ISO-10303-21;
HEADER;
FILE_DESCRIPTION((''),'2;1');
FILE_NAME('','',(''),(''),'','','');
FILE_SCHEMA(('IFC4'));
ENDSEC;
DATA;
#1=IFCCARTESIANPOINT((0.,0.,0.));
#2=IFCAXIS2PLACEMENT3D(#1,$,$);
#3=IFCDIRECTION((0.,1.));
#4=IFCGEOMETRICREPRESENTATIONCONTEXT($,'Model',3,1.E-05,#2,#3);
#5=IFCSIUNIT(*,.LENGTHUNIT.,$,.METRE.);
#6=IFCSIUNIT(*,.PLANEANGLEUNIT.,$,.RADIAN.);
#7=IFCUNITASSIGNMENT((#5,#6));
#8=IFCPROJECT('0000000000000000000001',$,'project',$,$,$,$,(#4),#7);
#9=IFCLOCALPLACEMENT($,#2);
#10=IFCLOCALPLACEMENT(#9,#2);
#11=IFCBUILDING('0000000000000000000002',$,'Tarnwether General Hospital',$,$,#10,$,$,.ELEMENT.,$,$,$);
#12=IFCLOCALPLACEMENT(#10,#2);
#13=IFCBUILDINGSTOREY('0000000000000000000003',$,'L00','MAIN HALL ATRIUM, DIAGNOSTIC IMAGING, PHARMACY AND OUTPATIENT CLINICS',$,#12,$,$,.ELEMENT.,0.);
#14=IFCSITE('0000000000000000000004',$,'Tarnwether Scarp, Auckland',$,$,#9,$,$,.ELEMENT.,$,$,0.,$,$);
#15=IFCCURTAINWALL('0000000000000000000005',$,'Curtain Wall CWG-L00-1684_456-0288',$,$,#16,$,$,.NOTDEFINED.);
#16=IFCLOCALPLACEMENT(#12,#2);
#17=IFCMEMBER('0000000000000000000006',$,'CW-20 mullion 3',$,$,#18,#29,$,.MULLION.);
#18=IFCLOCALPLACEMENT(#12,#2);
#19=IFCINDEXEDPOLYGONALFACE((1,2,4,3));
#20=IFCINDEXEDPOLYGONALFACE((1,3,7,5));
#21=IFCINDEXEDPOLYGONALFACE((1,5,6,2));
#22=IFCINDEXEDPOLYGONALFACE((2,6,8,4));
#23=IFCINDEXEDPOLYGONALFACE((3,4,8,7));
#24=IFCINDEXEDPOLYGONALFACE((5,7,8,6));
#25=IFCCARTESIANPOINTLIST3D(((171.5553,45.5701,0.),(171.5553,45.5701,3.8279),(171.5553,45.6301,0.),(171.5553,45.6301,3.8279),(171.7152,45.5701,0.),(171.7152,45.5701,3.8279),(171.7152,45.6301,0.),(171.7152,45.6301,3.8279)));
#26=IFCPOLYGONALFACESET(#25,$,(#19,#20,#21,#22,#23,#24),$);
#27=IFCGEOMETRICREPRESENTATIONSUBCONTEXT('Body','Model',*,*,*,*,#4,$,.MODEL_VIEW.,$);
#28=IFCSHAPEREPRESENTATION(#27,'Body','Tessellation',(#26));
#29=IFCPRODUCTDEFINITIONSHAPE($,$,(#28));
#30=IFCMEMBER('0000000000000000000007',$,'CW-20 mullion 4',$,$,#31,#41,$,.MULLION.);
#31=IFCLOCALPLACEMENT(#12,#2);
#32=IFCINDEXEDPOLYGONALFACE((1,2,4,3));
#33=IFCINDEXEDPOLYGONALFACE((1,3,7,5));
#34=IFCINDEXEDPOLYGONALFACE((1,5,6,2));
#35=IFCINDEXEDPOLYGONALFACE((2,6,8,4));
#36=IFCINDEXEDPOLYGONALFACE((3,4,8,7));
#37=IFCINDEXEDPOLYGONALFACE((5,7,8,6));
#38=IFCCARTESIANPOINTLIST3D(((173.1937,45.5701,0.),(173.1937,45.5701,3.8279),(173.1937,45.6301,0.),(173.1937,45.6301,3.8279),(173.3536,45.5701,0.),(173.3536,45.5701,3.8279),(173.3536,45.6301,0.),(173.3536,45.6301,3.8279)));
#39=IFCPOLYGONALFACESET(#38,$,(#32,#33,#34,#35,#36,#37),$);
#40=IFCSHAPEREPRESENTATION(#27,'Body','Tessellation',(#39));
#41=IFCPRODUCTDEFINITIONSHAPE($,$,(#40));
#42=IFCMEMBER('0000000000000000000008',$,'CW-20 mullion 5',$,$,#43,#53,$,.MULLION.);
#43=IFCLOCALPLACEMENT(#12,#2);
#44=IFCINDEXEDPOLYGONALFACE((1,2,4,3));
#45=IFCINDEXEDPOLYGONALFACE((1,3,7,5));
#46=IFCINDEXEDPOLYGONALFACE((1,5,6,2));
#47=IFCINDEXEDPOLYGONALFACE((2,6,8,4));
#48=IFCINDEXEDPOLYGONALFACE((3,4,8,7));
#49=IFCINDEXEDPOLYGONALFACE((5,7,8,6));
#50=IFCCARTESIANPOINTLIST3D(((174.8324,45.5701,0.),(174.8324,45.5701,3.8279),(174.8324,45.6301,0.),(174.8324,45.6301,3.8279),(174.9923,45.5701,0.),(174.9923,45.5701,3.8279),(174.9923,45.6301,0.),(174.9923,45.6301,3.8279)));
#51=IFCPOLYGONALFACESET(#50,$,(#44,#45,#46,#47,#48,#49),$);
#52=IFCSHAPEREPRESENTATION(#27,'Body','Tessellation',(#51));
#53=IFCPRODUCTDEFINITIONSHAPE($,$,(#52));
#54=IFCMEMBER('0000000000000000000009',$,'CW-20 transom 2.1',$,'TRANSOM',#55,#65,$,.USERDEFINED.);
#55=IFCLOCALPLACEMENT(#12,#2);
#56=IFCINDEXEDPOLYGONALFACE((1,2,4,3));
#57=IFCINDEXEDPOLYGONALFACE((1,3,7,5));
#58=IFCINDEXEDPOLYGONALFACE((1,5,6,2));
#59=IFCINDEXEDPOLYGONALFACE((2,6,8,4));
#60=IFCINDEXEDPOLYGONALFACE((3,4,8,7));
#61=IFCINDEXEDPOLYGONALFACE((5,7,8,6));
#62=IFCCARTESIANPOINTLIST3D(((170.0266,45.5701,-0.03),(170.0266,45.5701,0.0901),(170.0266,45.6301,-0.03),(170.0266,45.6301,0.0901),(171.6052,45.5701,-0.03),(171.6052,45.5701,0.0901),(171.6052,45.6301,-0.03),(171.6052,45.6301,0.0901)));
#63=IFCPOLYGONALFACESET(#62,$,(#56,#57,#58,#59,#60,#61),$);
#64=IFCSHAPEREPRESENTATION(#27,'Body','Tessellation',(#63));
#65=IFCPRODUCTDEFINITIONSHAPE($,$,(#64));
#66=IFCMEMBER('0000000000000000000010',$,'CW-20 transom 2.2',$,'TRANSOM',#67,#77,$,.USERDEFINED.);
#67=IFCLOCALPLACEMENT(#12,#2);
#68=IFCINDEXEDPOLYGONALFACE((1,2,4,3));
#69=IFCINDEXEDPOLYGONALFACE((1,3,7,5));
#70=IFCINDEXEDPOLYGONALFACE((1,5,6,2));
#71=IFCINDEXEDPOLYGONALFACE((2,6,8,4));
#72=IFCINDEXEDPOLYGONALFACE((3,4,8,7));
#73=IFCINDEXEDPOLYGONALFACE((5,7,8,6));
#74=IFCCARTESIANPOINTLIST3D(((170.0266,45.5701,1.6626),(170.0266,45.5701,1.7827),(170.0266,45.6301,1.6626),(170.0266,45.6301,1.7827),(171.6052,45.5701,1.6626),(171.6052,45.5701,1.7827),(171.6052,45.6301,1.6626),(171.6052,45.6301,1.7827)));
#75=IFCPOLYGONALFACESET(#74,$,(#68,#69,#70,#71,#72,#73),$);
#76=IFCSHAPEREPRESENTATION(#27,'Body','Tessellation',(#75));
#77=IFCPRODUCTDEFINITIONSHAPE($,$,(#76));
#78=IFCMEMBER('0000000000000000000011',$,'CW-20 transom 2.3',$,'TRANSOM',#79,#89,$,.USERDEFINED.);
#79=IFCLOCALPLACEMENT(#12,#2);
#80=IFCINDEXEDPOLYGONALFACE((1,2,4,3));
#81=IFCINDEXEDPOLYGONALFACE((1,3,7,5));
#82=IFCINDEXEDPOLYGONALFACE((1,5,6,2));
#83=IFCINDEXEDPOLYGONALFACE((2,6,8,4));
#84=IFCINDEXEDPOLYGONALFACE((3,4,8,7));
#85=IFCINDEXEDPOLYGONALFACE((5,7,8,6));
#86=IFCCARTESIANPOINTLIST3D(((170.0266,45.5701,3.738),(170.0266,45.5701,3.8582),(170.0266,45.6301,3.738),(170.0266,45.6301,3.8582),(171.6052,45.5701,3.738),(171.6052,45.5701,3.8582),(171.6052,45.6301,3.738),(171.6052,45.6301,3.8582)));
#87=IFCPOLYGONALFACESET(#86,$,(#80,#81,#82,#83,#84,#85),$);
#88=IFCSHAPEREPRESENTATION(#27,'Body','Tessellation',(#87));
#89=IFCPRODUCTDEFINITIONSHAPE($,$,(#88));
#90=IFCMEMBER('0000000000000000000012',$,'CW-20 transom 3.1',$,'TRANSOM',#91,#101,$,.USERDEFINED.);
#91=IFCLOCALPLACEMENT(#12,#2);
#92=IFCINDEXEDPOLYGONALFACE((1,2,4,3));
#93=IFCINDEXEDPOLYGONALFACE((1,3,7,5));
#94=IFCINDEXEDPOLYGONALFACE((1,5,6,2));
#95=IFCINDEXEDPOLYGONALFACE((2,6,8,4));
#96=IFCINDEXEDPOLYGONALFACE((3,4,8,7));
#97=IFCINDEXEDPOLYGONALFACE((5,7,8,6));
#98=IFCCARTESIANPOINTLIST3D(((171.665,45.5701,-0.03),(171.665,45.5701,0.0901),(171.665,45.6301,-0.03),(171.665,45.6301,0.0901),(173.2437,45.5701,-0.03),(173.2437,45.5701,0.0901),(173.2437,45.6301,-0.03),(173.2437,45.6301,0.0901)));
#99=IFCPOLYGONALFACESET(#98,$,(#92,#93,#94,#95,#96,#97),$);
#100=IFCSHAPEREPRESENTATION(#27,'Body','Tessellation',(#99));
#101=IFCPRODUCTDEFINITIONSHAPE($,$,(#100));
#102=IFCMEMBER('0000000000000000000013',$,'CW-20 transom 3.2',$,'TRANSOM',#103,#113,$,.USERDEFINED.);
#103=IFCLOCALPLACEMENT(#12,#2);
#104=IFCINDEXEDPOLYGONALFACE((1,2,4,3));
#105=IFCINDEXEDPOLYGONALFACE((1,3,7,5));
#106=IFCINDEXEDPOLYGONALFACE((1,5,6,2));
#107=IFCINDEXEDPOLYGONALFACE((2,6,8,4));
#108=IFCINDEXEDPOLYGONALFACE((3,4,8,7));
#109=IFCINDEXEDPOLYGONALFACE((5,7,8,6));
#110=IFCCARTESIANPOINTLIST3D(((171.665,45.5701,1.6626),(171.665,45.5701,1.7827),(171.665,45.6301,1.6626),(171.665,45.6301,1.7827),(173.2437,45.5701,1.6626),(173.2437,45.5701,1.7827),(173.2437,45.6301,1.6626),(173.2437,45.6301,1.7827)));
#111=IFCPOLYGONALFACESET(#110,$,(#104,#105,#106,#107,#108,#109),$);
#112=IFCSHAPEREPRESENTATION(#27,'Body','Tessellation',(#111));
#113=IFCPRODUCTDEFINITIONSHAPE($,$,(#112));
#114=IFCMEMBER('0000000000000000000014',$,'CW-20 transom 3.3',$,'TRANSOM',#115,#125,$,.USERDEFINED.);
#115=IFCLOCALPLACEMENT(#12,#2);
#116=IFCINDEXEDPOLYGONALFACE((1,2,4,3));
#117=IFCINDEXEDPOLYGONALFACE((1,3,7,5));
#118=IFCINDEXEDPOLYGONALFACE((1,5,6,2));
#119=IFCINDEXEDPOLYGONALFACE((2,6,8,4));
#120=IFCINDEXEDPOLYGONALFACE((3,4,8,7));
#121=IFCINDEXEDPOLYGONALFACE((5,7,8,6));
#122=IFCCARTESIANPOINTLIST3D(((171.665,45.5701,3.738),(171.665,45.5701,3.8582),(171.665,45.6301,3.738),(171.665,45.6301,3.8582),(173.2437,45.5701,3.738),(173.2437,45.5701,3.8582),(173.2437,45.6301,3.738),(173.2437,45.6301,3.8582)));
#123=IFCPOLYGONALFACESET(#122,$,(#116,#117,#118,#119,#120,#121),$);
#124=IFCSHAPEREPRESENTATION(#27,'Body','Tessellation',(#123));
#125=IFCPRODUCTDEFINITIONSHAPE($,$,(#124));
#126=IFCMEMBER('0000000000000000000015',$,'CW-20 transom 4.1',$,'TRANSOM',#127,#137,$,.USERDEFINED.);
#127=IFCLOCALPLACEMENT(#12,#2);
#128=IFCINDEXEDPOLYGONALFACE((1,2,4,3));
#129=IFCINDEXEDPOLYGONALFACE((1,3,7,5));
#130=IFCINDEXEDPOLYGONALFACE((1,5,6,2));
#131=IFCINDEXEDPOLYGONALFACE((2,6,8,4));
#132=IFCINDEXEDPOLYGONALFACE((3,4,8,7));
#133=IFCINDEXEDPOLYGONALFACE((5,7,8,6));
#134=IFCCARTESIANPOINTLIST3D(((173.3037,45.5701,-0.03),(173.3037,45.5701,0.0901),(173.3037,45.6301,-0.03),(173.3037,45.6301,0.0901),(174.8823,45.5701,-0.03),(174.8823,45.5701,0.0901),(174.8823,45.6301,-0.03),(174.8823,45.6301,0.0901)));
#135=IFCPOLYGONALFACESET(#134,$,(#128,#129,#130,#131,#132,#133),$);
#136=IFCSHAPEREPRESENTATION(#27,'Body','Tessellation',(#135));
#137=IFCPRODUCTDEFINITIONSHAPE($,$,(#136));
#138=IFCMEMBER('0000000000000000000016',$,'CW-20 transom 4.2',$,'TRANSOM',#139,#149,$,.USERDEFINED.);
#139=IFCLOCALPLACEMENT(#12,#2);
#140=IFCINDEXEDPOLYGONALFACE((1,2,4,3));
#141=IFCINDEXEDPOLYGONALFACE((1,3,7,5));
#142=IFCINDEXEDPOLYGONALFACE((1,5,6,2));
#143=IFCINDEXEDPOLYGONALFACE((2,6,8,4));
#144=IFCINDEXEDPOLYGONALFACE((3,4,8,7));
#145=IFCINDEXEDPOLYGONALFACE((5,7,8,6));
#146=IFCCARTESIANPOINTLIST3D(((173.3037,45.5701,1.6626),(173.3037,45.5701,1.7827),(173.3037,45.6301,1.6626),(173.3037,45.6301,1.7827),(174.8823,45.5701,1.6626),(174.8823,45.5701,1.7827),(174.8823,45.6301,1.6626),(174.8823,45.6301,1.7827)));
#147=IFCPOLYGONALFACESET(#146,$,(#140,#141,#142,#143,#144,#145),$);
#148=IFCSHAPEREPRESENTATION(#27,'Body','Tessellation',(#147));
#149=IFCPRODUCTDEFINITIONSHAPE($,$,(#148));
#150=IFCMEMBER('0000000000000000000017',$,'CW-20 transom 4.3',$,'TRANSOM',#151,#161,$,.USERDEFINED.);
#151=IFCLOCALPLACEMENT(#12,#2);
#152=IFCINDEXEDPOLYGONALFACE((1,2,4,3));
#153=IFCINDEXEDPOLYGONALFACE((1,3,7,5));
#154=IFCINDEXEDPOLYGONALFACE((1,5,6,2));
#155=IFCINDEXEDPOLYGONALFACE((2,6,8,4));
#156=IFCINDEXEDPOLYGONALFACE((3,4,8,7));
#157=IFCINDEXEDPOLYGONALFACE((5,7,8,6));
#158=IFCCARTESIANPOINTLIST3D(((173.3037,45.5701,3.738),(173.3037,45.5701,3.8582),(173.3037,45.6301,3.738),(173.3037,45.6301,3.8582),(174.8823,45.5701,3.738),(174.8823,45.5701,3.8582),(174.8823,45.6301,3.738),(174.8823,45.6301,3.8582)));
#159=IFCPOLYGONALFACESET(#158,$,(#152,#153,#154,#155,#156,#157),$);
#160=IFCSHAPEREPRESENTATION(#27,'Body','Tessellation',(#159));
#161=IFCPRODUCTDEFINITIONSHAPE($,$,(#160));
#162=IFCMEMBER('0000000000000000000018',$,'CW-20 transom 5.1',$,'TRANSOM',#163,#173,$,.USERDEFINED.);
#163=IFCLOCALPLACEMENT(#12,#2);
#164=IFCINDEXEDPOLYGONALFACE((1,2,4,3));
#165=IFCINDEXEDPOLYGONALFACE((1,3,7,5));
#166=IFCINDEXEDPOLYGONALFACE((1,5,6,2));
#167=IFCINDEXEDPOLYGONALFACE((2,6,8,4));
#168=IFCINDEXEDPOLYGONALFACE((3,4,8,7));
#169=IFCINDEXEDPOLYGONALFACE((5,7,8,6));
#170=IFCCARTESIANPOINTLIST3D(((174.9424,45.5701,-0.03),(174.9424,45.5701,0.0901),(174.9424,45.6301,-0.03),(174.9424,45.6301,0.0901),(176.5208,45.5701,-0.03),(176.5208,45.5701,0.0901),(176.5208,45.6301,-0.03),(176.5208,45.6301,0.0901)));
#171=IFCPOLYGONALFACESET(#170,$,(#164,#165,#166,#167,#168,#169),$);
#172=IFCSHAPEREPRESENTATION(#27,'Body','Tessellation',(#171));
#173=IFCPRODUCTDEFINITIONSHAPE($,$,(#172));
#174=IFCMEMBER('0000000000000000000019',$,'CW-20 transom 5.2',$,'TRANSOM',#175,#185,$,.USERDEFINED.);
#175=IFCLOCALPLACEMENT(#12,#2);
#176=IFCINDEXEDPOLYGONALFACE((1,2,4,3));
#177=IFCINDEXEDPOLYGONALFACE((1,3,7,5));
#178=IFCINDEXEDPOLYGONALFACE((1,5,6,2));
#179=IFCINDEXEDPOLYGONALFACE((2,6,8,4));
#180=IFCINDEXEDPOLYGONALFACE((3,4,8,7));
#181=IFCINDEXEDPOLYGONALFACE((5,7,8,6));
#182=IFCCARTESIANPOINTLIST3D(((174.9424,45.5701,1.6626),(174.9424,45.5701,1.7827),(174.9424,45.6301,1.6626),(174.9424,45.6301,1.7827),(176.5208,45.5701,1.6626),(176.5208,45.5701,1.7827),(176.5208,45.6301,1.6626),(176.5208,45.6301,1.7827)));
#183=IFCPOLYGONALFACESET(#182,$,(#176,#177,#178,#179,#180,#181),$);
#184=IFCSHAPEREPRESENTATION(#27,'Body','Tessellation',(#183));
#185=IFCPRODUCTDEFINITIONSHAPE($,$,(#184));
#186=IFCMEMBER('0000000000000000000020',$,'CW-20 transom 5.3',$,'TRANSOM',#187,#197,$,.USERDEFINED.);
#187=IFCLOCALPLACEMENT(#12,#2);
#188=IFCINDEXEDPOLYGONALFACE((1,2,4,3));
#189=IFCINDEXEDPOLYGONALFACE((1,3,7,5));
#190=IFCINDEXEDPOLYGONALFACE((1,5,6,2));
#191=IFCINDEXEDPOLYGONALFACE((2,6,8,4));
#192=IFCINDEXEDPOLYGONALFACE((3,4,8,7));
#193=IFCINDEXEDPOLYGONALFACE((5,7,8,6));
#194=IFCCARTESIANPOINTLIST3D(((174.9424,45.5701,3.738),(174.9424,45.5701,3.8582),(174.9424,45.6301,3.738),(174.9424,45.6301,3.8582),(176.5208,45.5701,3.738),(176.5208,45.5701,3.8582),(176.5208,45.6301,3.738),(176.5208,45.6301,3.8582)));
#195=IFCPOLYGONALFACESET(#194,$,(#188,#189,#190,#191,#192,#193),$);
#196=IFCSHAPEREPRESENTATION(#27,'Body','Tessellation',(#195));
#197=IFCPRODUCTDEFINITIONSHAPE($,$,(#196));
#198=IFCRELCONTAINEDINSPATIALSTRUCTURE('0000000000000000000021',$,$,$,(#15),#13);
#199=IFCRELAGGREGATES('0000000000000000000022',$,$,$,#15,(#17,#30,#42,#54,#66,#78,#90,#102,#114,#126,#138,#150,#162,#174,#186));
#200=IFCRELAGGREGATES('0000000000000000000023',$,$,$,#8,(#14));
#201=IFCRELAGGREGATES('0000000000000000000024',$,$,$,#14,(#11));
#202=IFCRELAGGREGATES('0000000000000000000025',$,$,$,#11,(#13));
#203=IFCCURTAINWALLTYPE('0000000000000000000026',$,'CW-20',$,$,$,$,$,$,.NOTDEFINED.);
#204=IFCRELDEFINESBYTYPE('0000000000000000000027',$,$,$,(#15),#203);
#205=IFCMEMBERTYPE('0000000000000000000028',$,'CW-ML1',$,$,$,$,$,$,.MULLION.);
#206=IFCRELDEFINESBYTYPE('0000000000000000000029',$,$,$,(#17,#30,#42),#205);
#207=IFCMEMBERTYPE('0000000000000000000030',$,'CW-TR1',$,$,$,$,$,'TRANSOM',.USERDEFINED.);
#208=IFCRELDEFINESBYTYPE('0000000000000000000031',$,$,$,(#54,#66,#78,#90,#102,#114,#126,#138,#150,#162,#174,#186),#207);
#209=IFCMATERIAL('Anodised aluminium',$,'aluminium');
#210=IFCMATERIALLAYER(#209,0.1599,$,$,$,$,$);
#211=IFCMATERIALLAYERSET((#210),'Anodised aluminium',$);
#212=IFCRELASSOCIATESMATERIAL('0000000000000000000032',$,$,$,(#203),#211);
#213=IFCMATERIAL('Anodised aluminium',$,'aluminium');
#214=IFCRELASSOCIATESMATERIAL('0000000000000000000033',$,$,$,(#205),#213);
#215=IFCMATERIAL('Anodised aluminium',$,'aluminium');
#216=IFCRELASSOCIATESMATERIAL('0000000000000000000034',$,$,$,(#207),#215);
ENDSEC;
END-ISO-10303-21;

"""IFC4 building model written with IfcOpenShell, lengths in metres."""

from ifc_helpers import new_model, si_unit, direction, frame, origin, origin_2d, place, context, subcontext, project, spatial, rectangle, extrude, material, layer, layer_set, material_profile, profile_set, type_object, element, aggregate, save


model = new_model("IFC4")

# Units and contexts
model_context = context("Model", 3, precision=1e-05, world=origin(), true_north=direction((0.0, 1.0)))
body_context = subcontext(model_context, "Body", "Model", "MODEL_VIEW")
ifc_project = project(units=[si_unit("LENGTHUNIT", "METRE"), si_unit("PLANEANGLEUNIT", "RADIAN")], contexts=[model_context])

# Site, building, storey
site_placement = place(None, origin())
site = spatial("IfcSite", under=ifc_project, at=site_placement, Name="Tarnwether Scarp, Auckland", CompositionType="ELEMENT", RefElevation=0.0)
building_placement = place(site_placement, origin())
building = spatial("IfcBuilding", under=site, at=building_placement, Name="Tarnwether General Hospital", CompositionType="ELEMENT")
storey_placement = place(building_placement, origin())
storey = spatial("IfcBuildingStorey", under=building, at=storey_placement, Name="L00", Description="MAIN HALL ATRIUM, DIAGNOSTIC IMAGING, PHARMACY AND OUTPATIENT CLINICS", CompositionType="ELEMENT", Elevation=0.0)

# Curtain wall, members
ifc_material_1 = material(Name="Anodised aluminium", Category="aluminium")
ifc_layer_1 = layer(ifc_material_1, 0.1599)
ifc_layer_set_1 = layer_set([ifc_layer_1], Name="Anodised aluminium")
curtain_wall_type = type_object("IfcCurtainWallType", Name="CW-20", PredefinedType="NOTDEFINED", material=ifc_layer_set_1)
curtain_wall_placement = place(storey_placement, origin())
curtain_wall = element("IfcCurtainWall", 1, at=curtain_wall_placement, inside=storey, type_object=curtain_wall_type, Name="Curtain Wall CWG-L00-1684_456-0288", PredefinedType="NOTDEFINED")
ifc_material_2 = material(Name="Anodised aluminium", Category="aluminium")
ifc_material_profile_1 = material_profile(ifc_material_2, rectangle(XDim=0.0601, YDim=0.1599, at=origin_2d()), Name="ALU-MUL-60x160")
ifc_profile_set_1 = profile_set([ifc_material_profile_1], Name="Anodised aluminium")
member_type_1 = type_object("IfcMemberType", Name="CW-ML1", PredefinedType="MULLION", material=ifc_profile_set_1)
member_1_placement = place(storey_placement, frame((171.6353, 45.6001, 0.0), z_axis=(0.0, 0.0, 1.0), x_axis=(0.0, 1.0, 0.0)))
member_1 = element("IfcMember", 2, at=member_1_placement, type_object=member_type_1, Name="CW-20 mullion 3", PredefinedType="MULLION", context=body_context, shape_type="SweptSolid", body=[
    extrude(rectangle(XDim=0.0601, YDim=0.1599, at=origin_2d()), origin(), (0.0, 0.0, 1.0), 3.8279),
])
member_2_placement = place(storey_placement, frame((173.2737, 45.6001, 0.0), z_axis=(0.0, 0.0, 1.0), x_axis=(0.0, 1.0, 0.0)))
member_2 = element("IfcMember", 3, at=member_2_placement, type_object=member_type_1, Name="CW-20 mullion 4", PredefinedType="MULLION", context=body_context, shape_type="SweptSolid", body=[
    extrude(rectangle(XDim=0.0601, YDim=0.1599, at=origin_2d()), origin(), (0.0, 0.0, 1.0), 3.8279),
])
member_3_placement = place(storey_placement, frame((174.9124, 45.6001, 0.0), z_axis=(0.0, 0.0, 1.0), x_axis=(0.0, 1.0, 0.0)))
member_3 = element("IfcMember", 4, at=member_3_placement, type_object=member_type_1, Name="CW-20 mullion 5", PredefinedType="MULLION", context=body_context, shape_type="SweptSolid", body=[
    extrude(rectangle(XDim=0.0601, YDim=0.1599, at=origin_2d()), origin(), (0.0, 0.0, 1.0), 3.8279),
])
ifc_material_3 = material(Name="Anodised aluminium", Category="aluminium")
ifc_material_profile_2 = material_profile(ifc_material_3, rectangle(XDim=0.0601, YDim=0.1201, at=origin_2d()), Name="ALU-TRN-60x120")
ifc_profile_set_2 = profile_set([ifc_material_profile_2], Name="Anodised aluminium")
member_type_2 = type_object("IfcMemberType", Name="CW-TR1", ElementType="TRANSOM", PredefinedType="USERDEFINED", material=ifc_profile_set_2)
member_4_placement = place(storey_placement, frame((170.0266, 45.6001, 0.03), z_axis=(1.0, 0.0, 0.0), x_axis=(0.0, 1.0, 0.0)))
member_4 = element("IfcMember", 5, at=member_4_placement, type_object=member_type_2, Name="CW-20 transom 2.1", ObjectType="TRANSOM", PredefinedType="USERDEFINED", context=body_context, shape_type="SweptSolid", body=[
    extrude(rectangle(XDim=0.0601, YDim=0.1201, at=origin_2d()), origin(), (0.0, 0.0, 1.0), 1.5786),
])
member_5_placement = place(storey_placement, frame((170.0266, 45.6001, 1.7227), z_axis=(1.0, 0.0, 0.0), x_axis=(0.0, 1.0, 0.0)))
member_5 = element("IfcMember", 6, at=member_5_placement, type_object=member_type_2, Name="CW-20 transom 2.2", ObjectType="TRANSOM", PredefinedType="USERDEFINED", context=body_context, shape_type="SweptSolid", body=[
    extrude(rectangle(XDim=0.0601, YDim=0.1201, at=origin_2d()), origin(), (0.0, 0.0, 1.0), 1.5786),
])
member_6_placement = place(storey_placement, frame((170.0266, 45.6001, 3.7981), z_axis=(1.0, 0.0, 0.0), x_axis=(0.0, 1.0, 0.0)))
member_6 = element("IfcMember", 7, at=member_6_placement, type_object=member_type_2, Name="CW-20 transom 2.3", ObjectType="TRANSOM", PredefinedType="USERDEFINED", context=body_context, shape_type="SweptSolid", body=[
    extrude(rectangle(XDim=0.0601, YDim=0.1201, at=origin_2d()), origin(), (0.0, 0.0, 1.0), 1.5786),
])
member_7_placement = place(storey_placement, frame((171.665, 45.6001, 0.03), z_axis=(1.0, 0.0, 0.0), x_axis=(0.0, 1.0, 0.0)))
member_7 = element("IfcMember", 8, at=member_7_placement, type_object=member_type_2, Name="CW-20 transom 3.1", ObjectType="TRANSOM", PredefinedType="USERDEFINED", context=body_context, shape_type="SweptSolid", body=[
    extrude(rectangle(XDim=0.0601, YDim=0.1201, at=origin_2d()), origin(), (0.0, 0.0, 1.0), 1.5786),
])
member_8_placement = place(storey_placement, frame((171.665, 45.6001, 1.7227), z_axis=(1.0, 0.0, 0.0), x_axis=(0.0, 1.0, 0.0)))
member_8 = element("IfcMember", 9, at=member_8_placement, type_object=member_type_2, Name="CW-20 transom 3.2", ObjectType="TRANSOM", PredefinedType="USERDEFINED", context=body_context, shape_type="SweptSolid", body=[
    extrude(rectangle(XDim=0.0601, YDim=0.1201, at=origin_2d()), origin(), (0.0, 0.0, 1.0), 1.5786),
])
member_9_placement = place(storey_placement, frame((171.665, 45.6001, 3.7981), z_axis=(1.0, 0.0, 0.0), x_axis=(0.0, 1.0, 0.0)))
member_9 = element("IfcMember", 10, at=member_9_placement, type_object=member_type_2, Name="CW-20 transom 3.3", ObjectType="TRANSOM", PredefinedType="USERDEFINED", context=body_context, shape_type="SweptSolid", body=[
    extrude(rectangle(XDim=0.0601, YDim=0.1201, at=origin_2d()), origin(), (0.0, 0.0, 1.0), 1.5786),
])
member_10_placement = place(storey_placement, frame((173.3037, 45.6001, 0.03), z_axis=(1.0, 0.0, 0.0), x_axis=(0.0, 1.0, 0.0)))
member_10 = element("IfcMember", 11, at=member_10_placement, type_object=member_type_2, Name="CW-20 transom 4.1", ObjectType="TRANSOM", PredefinedType="USERDEFINED", context=body_context, shape_type="SweptSolid", body=[
    extrude(rectangle(XDim=0.0601, YDim=0.1201, at=origin_2d()), origin(), (0.0, 0.0, 1.0), 1.5786),
])
member_11_placement = place(storey_placement, frame((173.3037, 45.6001, 1.7227), z_axis=(1.0, 0.0, 0.0), x_axis=(0.0, 1.0, 0.0)))
member_11 = element("IfcMember", 12, at=member_11_placement, type_object=member_type_2, Name="CW-20 transom 4.2", ObjectType="TRANSOM", PredefinedType="USERDEFINED", context=body_context, shape_type="SweptSolid", body=[
    extrude(rectangle(XDim=0.0601, YDim=0.1201, at=origin_2d()), origin(), (0.0, 0.0, 1.0), 1.5786),
])
member_12_placement = place(storey_placement, frame((173.3037, 45.6001, 3.7981), z_axis=(1.0, 0.0, 0.0), x_axis=(0.0, 1.0, 0.0)))
member_12 = element("IfcMember", 13, at=member_12_placement, type_object=member_type_2, Name="CW-20 transom 4.3", ObjectType="TRANSOM", PredefinedType="USERDEFINED", context=body_context, shape_type="SweptSolid", body=[
    extrude(rectangle(XDim=0.0601, YDim=0.1201, at=origin_2d()), origin(), (0.0, 0.0, 1.0), 1.5786),
])
member_13_placement = place(storey_placement, frame((174.9424, 45.6001, 0.03), z_axis=(1.0, 0.0, 0.0), x_axis=(0.0, 1.0, 0.0)))
member_13 = element("IfcMember", 14, at=member_13_placement, type_object=member_type_2, Name="CW-20 transom 5.1", ObjectType="TRANSOM", PredefinedType="USERDEFINED", context=body_context, shape_type="SweptSolid", body=[
    extrude(rectangle(XDim=0.0601, YDim=0.1201, at=origin_2d()), origin(), (0.0, 0.0, 1.0), 1.5784),
])
member_14_placement = place(storey_placement, frame((174.9424, 45.6001, 1.7227), z_axis=(1.0, 0.0, 0.0), x_axis=(0.0, 1.0, 0.0)))
member_14 = element("IfcMember", 15, at=member_14_placement, type_object=member_type_2, Name="CW-20 transom 5.2", ObjectType="TRANSOM", PredefinedType="USERDEFINED", context=body_context, shape_type="SweptSolid", body=[
    extrude(rectangle(XDim=0.0601, YDim=0.1201, at=origin_2d()), origin(), (0.0, 0.0, 1.0), 1.5784),
])
member_15_placement = place(storey_placement, frame((174.9424, 45.6001, 3.7981), z_axis=(1.0, 0.0, 0.0), x_axis=(0.0, 1.0, 0.0)))
member_15 = element("IfcMember", 16, at=member_15_placement, type_object=member_type_2, Name="CW-20 transom 5.3", ObjectType="TRANSOM", PredefinedType="USERDEFINED", context=body_context, shape_type="SweptSolid", body=[
    extrude(rectangle(XDim=0.0601, YDim=0.1201, at=origin_2d()), origin(), (0.0, 0.0, 1.0), 1.5784),
])
aggregate(curtain_wall, [member_1, member_2, member_3, member_4, member_5, member_6, member_7, member_8, member_9, member_10, member_11, member_12, member_13, member_14, member_15])

save(model, "model.ifc")
